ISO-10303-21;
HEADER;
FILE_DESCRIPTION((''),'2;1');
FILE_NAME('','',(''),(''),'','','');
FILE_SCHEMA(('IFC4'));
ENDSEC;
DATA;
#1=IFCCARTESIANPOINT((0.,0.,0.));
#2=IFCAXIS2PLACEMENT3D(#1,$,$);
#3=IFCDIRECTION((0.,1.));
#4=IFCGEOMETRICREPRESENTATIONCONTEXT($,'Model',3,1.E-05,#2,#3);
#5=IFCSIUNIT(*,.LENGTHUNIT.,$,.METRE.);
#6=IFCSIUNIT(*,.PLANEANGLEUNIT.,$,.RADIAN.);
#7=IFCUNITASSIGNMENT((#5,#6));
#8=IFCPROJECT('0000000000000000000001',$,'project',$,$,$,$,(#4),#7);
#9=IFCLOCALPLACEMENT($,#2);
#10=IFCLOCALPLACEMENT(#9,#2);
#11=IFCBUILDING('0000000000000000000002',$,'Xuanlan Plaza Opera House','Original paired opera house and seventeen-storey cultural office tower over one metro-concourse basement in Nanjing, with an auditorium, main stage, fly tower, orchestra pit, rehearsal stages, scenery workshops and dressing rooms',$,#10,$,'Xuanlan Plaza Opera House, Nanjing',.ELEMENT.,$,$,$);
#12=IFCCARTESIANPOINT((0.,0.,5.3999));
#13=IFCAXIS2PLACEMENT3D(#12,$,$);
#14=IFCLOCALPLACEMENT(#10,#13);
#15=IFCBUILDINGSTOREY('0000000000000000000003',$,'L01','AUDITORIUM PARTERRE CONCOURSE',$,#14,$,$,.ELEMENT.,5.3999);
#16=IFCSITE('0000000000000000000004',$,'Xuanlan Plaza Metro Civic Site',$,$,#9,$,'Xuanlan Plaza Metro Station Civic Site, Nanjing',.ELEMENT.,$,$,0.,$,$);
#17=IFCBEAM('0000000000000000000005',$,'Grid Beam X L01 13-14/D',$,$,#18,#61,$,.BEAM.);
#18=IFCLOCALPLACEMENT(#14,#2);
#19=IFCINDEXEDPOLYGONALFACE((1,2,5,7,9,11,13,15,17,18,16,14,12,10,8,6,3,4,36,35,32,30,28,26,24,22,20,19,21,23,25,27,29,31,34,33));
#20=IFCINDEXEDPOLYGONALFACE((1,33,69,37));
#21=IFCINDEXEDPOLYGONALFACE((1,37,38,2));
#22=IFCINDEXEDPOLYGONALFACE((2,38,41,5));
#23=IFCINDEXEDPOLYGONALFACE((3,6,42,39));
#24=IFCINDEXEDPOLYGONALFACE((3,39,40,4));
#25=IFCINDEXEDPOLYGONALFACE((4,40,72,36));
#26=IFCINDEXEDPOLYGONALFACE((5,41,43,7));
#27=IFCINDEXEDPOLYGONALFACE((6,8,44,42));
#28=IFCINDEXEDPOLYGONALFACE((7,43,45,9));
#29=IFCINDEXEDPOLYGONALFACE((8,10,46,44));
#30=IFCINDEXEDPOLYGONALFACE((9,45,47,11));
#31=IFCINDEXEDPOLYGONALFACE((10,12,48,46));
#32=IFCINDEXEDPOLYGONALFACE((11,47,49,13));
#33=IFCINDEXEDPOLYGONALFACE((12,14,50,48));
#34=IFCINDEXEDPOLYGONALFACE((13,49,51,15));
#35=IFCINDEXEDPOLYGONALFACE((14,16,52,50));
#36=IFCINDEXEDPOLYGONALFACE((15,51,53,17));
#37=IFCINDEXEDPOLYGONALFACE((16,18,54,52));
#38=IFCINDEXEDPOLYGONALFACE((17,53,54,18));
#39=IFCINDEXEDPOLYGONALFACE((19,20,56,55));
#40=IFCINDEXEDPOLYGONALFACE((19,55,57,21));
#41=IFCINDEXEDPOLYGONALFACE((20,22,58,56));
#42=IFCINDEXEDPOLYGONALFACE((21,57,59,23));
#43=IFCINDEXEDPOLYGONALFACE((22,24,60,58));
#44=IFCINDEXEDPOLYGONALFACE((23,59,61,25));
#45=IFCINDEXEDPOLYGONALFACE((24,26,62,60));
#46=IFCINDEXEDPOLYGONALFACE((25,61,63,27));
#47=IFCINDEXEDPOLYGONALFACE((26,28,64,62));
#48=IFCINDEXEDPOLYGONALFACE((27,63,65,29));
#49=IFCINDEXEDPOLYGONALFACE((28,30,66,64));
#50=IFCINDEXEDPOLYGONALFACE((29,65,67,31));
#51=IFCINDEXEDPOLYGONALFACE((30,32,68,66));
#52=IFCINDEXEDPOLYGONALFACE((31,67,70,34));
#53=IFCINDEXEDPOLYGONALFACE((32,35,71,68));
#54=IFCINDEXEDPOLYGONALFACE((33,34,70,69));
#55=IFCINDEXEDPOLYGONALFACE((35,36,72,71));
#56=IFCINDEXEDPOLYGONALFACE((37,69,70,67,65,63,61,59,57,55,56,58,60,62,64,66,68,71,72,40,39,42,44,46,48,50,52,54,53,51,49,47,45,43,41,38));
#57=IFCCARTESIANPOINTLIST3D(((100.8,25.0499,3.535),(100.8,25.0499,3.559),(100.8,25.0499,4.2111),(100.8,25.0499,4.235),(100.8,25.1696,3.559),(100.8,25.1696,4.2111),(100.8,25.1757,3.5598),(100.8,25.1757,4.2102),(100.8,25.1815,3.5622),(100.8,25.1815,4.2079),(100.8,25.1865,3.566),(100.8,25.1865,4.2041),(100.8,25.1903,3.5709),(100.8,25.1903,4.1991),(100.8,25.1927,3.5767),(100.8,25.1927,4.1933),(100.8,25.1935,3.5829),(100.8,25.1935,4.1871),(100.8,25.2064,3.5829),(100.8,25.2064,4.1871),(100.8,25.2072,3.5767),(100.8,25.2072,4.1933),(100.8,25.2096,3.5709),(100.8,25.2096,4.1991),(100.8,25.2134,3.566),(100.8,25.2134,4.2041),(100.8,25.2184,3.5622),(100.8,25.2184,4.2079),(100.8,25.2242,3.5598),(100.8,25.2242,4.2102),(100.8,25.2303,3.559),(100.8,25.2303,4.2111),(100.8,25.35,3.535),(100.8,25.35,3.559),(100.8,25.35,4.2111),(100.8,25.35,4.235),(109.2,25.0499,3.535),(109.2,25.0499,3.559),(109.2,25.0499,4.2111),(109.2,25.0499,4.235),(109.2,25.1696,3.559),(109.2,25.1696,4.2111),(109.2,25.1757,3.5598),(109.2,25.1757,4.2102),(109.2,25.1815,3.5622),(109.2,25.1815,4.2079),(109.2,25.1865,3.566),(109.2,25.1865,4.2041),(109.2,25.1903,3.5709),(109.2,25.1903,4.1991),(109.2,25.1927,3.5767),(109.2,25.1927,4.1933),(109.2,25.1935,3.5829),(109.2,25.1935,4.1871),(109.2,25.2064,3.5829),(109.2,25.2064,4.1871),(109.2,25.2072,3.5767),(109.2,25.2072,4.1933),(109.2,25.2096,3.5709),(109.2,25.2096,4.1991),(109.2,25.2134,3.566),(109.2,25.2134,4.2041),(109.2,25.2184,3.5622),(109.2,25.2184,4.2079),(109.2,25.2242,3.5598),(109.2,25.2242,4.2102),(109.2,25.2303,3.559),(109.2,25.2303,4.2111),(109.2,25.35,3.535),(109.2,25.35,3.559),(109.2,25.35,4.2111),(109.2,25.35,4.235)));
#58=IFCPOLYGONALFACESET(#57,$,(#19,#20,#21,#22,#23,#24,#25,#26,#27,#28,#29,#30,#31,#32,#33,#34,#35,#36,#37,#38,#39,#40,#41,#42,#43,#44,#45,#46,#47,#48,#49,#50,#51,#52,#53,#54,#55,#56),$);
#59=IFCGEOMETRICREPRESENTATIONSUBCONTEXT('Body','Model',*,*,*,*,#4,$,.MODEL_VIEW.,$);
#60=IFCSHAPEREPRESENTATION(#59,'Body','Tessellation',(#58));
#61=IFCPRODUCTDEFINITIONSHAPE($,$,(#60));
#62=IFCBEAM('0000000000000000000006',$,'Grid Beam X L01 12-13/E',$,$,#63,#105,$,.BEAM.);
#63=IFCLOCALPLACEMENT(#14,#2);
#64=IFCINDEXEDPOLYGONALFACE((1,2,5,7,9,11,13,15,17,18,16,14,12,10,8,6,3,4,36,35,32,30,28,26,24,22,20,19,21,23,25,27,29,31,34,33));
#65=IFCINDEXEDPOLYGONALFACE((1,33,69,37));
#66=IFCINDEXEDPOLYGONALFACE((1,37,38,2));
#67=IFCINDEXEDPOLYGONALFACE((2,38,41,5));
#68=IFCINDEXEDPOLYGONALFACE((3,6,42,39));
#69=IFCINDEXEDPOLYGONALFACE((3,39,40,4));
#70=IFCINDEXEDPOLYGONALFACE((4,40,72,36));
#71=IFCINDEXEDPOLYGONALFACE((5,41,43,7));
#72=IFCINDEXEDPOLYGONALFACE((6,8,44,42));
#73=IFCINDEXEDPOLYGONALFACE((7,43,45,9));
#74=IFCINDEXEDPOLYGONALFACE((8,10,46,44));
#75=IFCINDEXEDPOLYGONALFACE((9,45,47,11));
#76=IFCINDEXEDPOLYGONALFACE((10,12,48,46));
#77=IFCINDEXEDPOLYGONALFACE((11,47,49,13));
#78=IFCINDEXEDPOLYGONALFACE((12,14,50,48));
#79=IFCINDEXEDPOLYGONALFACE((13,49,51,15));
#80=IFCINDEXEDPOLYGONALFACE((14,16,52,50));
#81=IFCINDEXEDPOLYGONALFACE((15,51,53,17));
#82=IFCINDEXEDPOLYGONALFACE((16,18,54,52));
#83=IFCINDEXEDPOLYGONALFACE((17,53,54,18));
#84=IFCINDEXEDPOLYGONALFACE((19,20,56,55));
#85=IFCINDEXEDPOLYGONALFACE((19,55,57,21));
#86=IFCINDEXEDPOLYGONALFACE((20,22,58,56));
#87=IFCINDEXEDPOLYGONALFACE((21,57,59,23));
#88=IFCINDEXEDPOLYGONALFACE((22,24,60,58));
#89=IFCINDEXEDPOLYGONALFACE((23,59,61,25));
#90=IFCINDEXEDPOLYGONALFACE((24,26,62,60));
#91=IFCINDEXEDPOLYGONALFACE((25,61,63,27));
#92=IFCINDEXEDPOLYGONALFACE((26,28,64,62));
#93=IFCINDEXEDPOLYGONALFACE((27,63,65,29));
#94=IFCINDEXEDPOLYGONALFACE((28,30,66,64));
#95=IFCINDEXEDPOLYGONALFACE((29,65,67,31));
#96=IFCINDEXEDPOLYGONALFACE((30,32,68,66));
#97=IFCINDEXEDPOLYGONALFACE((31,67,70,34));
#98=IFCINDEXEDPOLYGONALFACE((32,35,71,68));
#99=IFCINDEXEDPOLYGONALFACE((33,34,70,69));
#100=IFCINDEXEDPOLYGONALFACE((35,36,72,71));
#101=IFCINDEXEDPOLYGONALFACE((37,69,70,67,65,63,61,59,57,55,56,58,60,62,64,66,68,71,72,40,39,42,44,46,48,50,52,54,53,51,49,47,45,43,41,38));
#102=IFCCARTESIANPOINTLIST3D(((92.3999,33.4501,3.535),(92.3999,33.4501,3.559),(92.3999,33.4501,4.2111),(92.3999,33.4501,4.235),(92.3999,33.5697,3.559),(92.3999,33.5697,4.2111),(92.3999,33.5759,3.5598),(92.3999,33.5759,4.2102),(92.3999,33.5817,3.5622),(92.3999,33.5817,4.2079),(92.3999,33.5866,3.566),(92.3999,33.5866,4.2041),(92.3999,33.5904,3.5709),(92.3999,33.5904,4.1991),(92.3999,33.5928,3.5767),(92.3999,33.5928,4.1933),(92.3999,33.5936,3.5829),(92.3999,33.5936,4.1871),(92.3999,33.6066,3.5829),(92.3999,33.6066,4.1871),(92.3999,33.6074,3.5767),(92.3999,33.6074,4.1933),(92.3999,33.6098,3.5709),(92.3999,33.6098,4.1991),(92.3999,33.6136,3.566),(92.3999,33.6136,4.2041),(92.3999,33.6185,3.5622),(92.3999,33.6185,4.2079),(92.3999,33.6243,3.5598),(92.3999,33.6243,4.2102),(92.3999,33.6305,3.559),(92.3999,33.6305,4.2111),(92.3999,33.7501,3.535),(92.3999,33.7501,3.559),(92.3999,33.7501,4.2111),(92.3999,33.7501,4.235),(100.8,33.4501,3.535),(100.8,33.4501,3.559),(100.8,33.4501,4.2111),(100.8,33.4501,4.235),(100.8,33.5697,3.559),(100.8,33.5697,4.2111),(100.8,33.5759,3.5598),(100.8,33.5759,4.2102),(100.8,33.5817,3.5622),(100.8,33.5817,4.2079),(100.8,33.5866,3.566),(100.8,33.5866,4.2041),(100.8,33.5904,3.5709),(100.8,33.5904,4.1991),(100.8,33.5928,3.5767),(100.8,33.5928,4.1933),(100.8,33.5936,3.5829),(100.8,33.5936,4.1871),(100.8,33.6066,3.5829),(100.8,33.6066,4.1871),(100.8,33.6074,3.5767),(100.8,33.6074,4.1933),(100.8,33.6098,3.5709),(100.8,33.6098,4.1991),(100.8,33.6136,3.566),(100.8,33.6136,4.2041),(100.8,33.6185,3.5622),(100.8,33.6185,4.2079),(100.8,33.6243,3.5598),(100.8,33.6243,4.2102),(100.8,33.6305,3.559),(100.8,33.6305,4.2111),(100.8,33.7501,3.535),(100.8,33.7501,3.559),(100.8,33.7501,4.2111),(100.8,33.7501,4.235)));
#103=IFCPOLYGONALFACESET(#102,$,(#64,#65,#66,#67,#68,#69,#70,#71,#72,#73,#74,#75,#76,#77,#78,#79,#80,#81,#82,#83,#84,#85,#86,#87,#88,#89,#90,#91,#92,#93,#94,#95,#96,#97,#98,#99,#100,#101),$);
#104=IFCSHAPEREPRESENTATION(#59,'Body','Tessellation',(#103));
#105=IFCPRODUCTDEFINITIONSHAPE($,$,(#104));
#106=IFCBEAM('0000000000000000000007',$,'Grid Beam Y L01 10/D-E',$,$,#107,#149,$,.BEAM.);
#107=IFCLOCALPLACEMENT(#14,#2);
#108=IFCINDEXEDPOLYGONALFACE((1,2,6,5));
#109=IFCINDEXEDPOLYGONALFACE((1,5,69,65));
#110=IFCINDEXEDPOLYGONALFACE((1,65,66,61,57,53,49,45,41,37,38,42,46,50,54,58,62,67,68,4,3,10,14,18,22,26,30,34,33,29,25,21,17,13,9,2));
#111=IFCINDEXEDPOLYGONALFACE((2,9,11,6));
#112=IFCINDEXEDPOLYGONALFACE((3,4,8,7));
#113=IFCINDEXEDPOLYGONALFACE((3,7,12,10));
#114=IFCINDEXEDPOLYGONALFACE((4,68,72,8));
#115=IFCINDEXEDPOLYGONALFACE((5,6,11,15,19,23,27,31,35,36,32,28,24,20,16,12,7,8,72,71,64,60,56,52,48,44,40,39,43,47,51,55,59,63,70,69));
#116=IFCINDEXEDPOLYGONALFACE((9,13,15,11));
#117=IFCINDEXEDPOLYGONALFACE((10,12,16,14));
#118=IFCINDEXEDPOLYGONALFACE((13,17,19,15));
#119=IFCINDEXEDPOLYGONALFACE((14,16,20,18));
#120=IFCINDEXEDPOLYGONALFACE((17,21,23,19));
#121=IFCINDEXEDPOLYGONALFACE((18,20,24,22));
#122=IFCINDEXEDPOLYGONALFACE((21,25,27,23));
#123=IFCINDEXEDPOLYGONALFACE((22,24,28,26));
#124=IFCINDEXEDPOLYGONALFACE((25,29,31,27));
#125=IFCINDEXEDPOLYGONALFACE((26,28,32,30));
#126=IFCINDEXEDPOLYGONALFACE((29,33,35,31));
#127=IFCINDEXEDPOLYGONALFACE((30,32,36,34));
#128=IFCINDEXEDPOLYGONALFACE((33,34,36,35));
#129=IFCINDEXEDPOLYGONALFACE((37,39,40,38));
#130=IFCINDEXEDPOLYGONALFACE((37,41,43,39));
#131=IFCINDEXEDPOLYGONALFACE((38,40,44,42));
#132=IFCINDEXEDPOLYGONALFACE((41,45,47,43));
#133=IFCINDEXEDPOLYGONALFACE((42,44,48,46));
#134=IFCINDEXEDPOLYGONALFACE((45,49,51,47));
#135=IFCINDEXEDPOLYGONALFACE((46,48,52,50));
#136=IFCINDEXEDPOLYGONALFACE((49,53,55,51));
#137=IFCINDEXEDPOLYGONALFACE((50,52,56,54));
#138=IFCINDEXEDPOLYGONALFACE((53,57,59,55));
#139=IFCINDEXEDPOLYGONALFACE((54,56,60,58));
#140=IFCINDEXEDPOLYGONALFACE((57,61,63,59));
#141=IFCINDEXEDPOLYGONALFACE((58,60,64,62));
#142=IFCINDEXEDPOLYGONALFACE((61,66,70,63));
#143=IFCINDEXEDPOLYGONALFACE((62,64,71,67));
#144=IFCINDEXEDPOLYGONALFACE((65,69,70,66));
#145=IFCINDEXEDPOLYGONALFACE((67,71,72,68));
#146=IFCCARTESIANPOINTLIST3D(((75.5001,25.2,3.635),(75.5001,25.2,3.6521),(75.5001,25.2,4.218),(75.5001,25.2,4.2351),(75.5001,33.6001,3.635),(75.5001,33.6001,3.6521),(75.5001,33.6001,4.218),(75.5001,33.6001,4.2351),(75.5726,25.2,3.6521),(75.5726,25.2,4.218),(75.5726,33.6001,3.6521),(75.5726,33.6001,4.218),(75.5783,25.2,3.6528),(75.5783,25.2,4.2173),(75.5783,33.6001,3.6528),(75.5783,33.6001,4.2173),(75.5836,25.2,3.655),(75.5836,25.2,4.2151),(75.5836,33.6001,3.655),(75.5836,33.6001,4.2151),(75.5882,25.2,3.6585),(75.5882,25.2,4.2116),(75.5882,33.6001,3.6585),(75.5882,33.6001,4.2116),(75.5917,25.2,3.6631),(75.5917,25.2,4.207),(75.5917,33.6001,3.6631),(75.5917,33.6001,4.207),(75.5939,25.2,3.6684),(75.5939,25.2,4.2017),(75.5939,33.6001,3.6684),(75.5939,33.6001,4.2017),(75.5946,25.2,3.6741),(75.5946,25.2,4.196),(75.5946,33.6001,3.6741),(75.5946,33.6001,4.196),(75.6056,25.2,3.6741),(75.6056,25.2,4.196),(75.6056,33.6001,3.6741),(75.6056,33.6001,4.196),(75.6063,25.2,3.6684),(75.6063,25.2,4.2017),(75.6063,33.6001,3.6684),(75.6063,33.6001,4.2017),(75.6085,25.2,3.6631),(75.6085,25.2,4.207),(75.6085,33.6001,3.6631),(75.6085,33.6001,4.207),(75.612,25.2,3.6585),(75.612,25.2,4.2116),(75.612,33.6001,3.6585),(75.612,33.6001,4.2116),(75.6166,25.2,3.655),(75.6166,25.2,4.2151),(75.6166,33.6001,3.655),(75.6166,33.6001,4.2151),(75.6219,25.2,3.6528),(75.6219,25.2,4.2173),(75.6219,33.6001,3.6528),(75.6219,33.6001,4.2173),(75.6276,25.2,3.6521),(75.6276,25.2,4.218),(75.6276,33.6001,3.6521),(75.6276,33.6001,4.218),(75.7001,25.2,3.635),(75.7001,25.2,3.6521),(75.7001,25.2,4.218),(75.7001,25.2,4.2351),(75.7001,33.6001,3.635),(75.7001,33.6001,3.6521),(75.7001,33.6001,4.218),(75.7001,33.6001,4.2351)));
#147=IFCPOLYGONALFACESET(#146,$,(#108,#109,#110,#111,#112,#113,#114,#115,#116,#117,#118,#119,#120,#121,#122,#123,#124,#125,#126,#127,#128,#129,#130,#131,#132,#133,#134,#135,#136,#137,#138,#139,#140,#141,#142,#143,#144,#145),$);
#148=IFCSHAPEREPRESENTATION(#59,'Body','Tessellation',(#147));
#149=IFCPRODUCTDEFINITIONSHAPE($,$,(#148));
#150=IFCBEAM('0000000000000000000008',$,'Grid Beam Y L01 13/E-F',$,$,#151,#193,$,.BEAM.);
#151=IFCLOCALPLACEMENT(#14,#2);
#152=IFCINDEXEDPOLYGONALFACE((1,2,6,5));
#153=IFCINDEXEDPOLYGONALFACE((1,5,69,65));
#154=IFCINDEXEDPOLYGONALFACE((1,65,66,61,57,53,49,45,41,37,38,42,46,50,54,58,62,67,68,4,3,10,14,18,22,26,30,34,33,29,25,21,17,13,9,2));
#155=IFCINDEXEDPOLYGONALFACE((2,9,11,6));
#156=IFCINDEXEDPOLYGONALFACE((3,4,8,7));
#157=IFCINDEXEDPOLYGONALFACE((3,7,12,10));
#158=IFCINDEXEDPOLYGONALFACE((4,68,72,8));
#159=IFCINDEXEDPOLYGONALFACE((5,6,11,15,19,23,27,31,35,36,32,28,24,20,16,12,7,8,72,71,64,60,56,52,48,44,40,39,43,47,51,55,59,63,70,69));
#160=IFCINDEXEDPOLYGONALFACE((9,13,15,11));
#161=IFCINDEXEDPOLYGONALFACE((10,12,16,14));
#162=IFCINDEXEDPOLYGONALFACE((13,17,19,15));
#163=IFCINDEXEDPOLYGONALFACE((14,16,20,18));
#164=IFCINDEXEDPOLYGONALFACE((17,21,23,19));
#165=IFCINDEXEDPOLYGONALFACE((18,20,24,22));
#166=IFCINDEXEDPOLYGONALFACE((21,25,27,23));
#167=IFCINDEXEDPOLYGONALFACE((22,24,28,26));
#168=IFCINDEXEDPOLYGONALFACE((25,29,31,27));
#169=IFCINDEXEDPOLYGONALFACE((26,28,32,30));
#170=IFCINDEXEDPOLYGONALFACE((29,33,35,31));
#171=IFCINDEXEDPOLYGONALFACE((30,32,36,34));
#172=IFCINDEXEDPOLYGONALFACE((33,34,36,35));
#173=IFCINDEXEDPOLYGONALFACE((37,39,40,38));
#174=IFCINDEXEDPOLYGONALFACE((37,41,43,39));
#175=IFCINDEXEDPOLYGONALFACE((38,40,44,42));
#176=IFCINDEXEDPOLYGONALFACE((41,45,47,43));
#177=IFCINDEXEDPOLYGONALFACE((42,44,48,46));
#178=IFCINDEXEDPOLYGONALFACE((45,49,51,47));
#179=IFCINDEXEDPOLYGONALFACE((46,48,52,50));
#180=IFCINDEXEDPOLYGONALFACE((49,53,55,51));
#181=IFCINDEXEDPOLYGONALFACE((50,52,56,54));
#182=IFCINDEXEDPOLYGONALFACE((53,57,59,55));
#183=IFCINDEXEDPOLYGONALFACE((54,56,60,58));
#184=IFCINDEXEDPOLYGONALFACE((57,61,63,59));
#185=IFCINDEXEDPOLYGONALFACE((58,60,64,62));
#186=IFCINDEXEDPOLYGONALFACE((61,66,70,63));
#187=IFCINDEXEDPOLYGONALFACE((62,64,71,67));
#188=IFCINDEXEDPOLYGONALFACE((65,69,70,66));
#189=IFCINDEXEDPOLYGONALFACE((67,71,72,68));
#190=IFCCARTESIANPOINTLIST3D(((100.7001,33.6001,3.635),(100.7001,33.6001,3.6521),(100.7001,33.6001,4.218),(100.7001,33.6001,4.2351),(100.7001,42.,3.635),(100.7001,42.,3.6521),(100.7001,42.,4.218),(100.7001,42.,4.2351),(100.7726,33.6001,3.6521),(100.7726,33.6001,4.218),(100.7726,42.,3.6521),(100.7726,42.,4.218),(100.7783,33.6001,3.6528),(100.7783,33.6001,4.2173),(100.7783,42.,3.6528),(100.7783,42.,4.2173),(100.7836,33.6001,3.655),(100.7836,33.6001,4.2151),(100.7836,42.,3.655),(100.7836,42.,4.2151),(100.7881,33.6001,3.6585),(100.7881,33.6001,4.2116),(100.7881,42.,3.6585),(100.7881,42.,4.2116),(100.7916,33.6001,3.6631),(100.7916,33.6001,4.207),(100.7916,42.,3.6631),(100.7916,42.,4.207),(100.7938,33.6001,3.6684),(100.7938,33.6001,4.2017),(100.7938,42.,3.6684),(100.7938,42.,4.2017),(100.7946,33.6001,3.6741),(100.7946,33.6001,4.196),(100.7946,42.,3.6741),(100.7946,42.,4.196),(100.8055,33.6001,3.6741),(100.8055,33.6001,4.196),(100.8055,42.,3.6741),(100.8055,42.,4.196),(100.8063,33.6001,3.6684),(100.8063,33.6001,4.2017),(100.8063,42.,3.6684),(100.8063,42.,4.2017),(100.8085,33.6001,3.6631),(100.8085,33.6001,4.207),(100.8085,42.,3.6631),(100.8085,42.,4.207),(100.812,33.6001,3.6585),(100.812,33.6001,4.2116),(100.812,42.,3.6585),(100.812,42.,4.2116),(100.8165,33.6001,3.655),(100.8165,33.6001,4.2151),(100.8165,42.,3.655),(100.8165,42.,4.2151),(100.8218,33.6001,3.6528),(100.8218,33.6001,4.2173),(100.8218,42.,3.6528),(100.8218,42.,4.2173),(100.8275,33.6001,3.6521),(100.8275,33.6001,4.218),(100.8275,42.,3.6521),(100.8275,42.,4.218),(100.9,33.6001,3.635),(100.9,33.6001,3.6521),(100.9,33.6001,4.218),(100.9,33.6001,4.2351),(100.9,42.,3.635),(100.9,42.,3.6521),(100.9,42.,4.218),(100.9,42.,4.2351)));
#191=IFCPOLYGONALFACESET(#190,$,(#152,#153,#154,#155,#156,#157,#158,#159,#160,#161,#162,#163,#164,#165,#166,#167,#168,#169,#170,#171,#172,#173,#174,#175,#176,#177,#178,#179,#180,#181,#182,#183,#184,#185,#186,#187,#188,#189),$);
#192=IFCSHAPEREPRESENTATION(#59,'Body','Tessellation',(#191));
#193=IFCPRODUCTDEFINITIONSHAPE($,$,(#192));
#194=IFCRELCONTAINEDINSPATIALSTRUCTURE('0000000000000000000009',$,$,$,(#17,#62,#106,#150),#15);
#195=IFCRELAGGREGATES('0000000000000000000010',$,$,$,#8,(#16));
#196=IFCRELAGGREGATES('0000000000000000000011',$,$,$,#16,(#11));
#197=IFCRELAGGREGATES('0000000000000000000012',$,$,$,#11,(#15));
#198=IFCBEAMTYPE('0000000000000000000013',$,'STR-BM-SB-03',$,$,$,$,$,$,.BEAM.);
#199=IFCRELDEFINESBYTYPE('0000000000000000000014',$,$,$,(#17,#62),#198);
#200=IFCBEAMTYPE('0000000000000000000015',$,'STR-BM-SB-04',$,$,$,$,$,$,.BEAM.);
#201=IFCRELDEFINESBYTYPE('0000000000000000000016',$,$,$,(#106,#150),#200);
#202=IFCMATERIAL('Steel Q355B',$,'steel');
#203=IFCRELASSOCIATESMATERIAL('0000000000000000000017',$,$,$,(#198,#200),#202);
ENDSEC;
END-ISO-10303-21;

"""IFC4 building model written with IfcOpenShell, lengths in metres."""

from ifc_helpers import new_model, si_unit, direction, frame, origin, origin_2d, place, context, subcontext, project, spatial, i_section, extrude, material, material_profile, profile_set, type_object, element, save


model = new_model("IFC4")

# Units and contexts
model_context = context("Model", 3, precision=1e-05, world=origin(), true_north=direction((0.0, 1.0)))
body_context = subcontext(model_context, "Body", "Model", "MODEL_VIEW")
ifc_project = project(units=[si_unit("LENGTHUNIT", "METRE"), si_unit("PLANEANGLEUNIT", "RADIAN")], contexts=[model_context])

# Site, building, storey
site_placement = place(None, origin())
site = spatial("IfcSite", under=ifc_project, at=site_placement, Name="Xuanlan Plaza Metro Civic Site", LongName="Xuanlan Plaza Metro Station Civic Site, Nanjing", CompositionType="ELEMENT", RefElevation=0.0)
building_placement = place(site_placement, origin())
building = spatial("IfcBuilding", under=site, at=building_placement, Name="Xuanlan Plaza Opera House", Description="Original paired opera house and seventeen-storey cultural office tower over one metro-concourse basement in Nanjing, with an auditorium, main stage, fly tower, orchestra pit, rehearsal stages, scenery workshops and dressing rooms", LongName="Xuanlan Plaza Opera House, Nanjing", CompositionType="ELEMENT")
storey_placement = place(building_placement, frame((0.0, 0.0, 5.3999)))
storey = spatial("IfcBuildingStorey", under=building, at=storey_placement, Name="L01", Description="AUDITORIUM PARTERRE CONCOURSE", CompositionType="ELEMENT", Elevation=5.3999)

# Beams
ifc_material_1 = material(Name="Steel Q355B", Category="steel")
ifc_material_profile_1 = material_profile(ifc_material_1, i_section(OverallWidth=0.3, OverallDepth=0.7, WebThickness=0.0129, FlangeThickness=0.0239, FilletRadius=0.0239, at=origin_2d()), Name="HN 700x300x13x24")
ifc_profile_set_1 = profile_set([ifc_material_profile_1], Name="Steel Q355B")
beam_type_1 = type_object("IfcBeamType", Name="STR-BM-SB-03", PredefinedType="BEAM", material=ifc_profile_set_1)
beam_1_placement = place(storey_placement, frame((100.8, 25.2, 3.885), z_axis=(1.0, 0.0, 0.0), x_axis=(0.0, 1.0, 0.0)))
element("IfcBeam", 1, at=beam_1_placement, inside=storey, type_object=beam_type_1, Name="Grid Beam X L01 13-14/D", PredefinedType="BEAM", context=body_context, shape_type="SweptSolid", body=[
    extrude(i_section(OverallWidth=0.3, OverallDepth=0.7, WebThickness=0.0129, FlangeThickness=0.0239, FilletRadius=0.0239, at=origin_2d()), origin(), (0.0, 0.0, 1.0), 8.3999),
])
beam_2_placement = place(storey_placement, frame((92.3999, 33.6001, 3.885), z_axis=(1.0, 0.0, 0.0), x_axis=(0.0, 1.0, 0.0)))
element("IfcBeam", 2, at=beam_2_placement, inside=storey, type_object=beam_type_1, Name="Grid Beam X L01 12-13/E", PredefinedType="BEAM", context=body_context, shape_type="SweptSolid", body=[
    extrude(i_section(OverallWidth=0.3, OverallDepth=0.7, WebThickness=0.0129, FlangeThickness=0.0239, FilletRadius=0.0239, at=origin_2d()), origin(), (0.0, 0.0, 1.0), 8.4001),
])
ifc_material_profile_2 = material_profile(ifc_material_1, i_section(OverallWidth=0.2, OverallDepth=0.6001, WebThickness=0.011, FlangeThickness=0.0171, FilletRadius=0.022, at=origin_2d()), Name="HN 600x200x11x17")
ifc_profile_set_2 = profile_set([ifc_material_profile_2], Name="Steel Q355B")
beam_type_2 = type_object("IfcBeamType", Name="STR-BM-SB-04", PredefinedType="BEAM", material=ifc_profile_set_2)
beam_3_placement = place(storey_placement, frame((75.6001, 25.2, 3.9351), z_axis=(0.0, 1.0, 0.0), x_axis=(-1.0, 0.0, 0.0)))
element("IfcBeam", 3, at=beam_3_placement, inside=storey, type_object=beam_type_2, Name="Grid Beam Y L01 10/D-E", PredefinedType="BEAM", context=body_context, shape_type="SweptSolid", body=[
    extrude(i_section(OverallWidth=0.2, OverallDepth=0.6001, WebThickness=0.011, FlangeThickness=0.0171, FilletRadius=0.022, at=origin_2d()), origin(), (0.0, 0.0, 1.0), 8.4001),
])
beam_4_placement = place(storey_placement, frame((100.8, 33.6001, 3.9351), z_axis=(0.0, 1.0, 0.0), x_axis=(-1.0, 0.0, 0.0)))
element("IfcBeam", 4, at=beam_4_placement, inside=storey, type_object=beam_type_2, Name="Grid Beam Y L01 13/E-F", PredefinedType="BEAM", context=body_context, shape_type="SweptSolid", body=[
    extrude(i_section(OverallWidth=0.2, OverallDepth=0.6001, WebThickness=0.011, FlangeThickness=0.0171, FilletRadius=0.022, at=origin_2d()), origin(), (0.0, 0.0, 1.0), 8.3999),
])

save(model, "model.ifc")
